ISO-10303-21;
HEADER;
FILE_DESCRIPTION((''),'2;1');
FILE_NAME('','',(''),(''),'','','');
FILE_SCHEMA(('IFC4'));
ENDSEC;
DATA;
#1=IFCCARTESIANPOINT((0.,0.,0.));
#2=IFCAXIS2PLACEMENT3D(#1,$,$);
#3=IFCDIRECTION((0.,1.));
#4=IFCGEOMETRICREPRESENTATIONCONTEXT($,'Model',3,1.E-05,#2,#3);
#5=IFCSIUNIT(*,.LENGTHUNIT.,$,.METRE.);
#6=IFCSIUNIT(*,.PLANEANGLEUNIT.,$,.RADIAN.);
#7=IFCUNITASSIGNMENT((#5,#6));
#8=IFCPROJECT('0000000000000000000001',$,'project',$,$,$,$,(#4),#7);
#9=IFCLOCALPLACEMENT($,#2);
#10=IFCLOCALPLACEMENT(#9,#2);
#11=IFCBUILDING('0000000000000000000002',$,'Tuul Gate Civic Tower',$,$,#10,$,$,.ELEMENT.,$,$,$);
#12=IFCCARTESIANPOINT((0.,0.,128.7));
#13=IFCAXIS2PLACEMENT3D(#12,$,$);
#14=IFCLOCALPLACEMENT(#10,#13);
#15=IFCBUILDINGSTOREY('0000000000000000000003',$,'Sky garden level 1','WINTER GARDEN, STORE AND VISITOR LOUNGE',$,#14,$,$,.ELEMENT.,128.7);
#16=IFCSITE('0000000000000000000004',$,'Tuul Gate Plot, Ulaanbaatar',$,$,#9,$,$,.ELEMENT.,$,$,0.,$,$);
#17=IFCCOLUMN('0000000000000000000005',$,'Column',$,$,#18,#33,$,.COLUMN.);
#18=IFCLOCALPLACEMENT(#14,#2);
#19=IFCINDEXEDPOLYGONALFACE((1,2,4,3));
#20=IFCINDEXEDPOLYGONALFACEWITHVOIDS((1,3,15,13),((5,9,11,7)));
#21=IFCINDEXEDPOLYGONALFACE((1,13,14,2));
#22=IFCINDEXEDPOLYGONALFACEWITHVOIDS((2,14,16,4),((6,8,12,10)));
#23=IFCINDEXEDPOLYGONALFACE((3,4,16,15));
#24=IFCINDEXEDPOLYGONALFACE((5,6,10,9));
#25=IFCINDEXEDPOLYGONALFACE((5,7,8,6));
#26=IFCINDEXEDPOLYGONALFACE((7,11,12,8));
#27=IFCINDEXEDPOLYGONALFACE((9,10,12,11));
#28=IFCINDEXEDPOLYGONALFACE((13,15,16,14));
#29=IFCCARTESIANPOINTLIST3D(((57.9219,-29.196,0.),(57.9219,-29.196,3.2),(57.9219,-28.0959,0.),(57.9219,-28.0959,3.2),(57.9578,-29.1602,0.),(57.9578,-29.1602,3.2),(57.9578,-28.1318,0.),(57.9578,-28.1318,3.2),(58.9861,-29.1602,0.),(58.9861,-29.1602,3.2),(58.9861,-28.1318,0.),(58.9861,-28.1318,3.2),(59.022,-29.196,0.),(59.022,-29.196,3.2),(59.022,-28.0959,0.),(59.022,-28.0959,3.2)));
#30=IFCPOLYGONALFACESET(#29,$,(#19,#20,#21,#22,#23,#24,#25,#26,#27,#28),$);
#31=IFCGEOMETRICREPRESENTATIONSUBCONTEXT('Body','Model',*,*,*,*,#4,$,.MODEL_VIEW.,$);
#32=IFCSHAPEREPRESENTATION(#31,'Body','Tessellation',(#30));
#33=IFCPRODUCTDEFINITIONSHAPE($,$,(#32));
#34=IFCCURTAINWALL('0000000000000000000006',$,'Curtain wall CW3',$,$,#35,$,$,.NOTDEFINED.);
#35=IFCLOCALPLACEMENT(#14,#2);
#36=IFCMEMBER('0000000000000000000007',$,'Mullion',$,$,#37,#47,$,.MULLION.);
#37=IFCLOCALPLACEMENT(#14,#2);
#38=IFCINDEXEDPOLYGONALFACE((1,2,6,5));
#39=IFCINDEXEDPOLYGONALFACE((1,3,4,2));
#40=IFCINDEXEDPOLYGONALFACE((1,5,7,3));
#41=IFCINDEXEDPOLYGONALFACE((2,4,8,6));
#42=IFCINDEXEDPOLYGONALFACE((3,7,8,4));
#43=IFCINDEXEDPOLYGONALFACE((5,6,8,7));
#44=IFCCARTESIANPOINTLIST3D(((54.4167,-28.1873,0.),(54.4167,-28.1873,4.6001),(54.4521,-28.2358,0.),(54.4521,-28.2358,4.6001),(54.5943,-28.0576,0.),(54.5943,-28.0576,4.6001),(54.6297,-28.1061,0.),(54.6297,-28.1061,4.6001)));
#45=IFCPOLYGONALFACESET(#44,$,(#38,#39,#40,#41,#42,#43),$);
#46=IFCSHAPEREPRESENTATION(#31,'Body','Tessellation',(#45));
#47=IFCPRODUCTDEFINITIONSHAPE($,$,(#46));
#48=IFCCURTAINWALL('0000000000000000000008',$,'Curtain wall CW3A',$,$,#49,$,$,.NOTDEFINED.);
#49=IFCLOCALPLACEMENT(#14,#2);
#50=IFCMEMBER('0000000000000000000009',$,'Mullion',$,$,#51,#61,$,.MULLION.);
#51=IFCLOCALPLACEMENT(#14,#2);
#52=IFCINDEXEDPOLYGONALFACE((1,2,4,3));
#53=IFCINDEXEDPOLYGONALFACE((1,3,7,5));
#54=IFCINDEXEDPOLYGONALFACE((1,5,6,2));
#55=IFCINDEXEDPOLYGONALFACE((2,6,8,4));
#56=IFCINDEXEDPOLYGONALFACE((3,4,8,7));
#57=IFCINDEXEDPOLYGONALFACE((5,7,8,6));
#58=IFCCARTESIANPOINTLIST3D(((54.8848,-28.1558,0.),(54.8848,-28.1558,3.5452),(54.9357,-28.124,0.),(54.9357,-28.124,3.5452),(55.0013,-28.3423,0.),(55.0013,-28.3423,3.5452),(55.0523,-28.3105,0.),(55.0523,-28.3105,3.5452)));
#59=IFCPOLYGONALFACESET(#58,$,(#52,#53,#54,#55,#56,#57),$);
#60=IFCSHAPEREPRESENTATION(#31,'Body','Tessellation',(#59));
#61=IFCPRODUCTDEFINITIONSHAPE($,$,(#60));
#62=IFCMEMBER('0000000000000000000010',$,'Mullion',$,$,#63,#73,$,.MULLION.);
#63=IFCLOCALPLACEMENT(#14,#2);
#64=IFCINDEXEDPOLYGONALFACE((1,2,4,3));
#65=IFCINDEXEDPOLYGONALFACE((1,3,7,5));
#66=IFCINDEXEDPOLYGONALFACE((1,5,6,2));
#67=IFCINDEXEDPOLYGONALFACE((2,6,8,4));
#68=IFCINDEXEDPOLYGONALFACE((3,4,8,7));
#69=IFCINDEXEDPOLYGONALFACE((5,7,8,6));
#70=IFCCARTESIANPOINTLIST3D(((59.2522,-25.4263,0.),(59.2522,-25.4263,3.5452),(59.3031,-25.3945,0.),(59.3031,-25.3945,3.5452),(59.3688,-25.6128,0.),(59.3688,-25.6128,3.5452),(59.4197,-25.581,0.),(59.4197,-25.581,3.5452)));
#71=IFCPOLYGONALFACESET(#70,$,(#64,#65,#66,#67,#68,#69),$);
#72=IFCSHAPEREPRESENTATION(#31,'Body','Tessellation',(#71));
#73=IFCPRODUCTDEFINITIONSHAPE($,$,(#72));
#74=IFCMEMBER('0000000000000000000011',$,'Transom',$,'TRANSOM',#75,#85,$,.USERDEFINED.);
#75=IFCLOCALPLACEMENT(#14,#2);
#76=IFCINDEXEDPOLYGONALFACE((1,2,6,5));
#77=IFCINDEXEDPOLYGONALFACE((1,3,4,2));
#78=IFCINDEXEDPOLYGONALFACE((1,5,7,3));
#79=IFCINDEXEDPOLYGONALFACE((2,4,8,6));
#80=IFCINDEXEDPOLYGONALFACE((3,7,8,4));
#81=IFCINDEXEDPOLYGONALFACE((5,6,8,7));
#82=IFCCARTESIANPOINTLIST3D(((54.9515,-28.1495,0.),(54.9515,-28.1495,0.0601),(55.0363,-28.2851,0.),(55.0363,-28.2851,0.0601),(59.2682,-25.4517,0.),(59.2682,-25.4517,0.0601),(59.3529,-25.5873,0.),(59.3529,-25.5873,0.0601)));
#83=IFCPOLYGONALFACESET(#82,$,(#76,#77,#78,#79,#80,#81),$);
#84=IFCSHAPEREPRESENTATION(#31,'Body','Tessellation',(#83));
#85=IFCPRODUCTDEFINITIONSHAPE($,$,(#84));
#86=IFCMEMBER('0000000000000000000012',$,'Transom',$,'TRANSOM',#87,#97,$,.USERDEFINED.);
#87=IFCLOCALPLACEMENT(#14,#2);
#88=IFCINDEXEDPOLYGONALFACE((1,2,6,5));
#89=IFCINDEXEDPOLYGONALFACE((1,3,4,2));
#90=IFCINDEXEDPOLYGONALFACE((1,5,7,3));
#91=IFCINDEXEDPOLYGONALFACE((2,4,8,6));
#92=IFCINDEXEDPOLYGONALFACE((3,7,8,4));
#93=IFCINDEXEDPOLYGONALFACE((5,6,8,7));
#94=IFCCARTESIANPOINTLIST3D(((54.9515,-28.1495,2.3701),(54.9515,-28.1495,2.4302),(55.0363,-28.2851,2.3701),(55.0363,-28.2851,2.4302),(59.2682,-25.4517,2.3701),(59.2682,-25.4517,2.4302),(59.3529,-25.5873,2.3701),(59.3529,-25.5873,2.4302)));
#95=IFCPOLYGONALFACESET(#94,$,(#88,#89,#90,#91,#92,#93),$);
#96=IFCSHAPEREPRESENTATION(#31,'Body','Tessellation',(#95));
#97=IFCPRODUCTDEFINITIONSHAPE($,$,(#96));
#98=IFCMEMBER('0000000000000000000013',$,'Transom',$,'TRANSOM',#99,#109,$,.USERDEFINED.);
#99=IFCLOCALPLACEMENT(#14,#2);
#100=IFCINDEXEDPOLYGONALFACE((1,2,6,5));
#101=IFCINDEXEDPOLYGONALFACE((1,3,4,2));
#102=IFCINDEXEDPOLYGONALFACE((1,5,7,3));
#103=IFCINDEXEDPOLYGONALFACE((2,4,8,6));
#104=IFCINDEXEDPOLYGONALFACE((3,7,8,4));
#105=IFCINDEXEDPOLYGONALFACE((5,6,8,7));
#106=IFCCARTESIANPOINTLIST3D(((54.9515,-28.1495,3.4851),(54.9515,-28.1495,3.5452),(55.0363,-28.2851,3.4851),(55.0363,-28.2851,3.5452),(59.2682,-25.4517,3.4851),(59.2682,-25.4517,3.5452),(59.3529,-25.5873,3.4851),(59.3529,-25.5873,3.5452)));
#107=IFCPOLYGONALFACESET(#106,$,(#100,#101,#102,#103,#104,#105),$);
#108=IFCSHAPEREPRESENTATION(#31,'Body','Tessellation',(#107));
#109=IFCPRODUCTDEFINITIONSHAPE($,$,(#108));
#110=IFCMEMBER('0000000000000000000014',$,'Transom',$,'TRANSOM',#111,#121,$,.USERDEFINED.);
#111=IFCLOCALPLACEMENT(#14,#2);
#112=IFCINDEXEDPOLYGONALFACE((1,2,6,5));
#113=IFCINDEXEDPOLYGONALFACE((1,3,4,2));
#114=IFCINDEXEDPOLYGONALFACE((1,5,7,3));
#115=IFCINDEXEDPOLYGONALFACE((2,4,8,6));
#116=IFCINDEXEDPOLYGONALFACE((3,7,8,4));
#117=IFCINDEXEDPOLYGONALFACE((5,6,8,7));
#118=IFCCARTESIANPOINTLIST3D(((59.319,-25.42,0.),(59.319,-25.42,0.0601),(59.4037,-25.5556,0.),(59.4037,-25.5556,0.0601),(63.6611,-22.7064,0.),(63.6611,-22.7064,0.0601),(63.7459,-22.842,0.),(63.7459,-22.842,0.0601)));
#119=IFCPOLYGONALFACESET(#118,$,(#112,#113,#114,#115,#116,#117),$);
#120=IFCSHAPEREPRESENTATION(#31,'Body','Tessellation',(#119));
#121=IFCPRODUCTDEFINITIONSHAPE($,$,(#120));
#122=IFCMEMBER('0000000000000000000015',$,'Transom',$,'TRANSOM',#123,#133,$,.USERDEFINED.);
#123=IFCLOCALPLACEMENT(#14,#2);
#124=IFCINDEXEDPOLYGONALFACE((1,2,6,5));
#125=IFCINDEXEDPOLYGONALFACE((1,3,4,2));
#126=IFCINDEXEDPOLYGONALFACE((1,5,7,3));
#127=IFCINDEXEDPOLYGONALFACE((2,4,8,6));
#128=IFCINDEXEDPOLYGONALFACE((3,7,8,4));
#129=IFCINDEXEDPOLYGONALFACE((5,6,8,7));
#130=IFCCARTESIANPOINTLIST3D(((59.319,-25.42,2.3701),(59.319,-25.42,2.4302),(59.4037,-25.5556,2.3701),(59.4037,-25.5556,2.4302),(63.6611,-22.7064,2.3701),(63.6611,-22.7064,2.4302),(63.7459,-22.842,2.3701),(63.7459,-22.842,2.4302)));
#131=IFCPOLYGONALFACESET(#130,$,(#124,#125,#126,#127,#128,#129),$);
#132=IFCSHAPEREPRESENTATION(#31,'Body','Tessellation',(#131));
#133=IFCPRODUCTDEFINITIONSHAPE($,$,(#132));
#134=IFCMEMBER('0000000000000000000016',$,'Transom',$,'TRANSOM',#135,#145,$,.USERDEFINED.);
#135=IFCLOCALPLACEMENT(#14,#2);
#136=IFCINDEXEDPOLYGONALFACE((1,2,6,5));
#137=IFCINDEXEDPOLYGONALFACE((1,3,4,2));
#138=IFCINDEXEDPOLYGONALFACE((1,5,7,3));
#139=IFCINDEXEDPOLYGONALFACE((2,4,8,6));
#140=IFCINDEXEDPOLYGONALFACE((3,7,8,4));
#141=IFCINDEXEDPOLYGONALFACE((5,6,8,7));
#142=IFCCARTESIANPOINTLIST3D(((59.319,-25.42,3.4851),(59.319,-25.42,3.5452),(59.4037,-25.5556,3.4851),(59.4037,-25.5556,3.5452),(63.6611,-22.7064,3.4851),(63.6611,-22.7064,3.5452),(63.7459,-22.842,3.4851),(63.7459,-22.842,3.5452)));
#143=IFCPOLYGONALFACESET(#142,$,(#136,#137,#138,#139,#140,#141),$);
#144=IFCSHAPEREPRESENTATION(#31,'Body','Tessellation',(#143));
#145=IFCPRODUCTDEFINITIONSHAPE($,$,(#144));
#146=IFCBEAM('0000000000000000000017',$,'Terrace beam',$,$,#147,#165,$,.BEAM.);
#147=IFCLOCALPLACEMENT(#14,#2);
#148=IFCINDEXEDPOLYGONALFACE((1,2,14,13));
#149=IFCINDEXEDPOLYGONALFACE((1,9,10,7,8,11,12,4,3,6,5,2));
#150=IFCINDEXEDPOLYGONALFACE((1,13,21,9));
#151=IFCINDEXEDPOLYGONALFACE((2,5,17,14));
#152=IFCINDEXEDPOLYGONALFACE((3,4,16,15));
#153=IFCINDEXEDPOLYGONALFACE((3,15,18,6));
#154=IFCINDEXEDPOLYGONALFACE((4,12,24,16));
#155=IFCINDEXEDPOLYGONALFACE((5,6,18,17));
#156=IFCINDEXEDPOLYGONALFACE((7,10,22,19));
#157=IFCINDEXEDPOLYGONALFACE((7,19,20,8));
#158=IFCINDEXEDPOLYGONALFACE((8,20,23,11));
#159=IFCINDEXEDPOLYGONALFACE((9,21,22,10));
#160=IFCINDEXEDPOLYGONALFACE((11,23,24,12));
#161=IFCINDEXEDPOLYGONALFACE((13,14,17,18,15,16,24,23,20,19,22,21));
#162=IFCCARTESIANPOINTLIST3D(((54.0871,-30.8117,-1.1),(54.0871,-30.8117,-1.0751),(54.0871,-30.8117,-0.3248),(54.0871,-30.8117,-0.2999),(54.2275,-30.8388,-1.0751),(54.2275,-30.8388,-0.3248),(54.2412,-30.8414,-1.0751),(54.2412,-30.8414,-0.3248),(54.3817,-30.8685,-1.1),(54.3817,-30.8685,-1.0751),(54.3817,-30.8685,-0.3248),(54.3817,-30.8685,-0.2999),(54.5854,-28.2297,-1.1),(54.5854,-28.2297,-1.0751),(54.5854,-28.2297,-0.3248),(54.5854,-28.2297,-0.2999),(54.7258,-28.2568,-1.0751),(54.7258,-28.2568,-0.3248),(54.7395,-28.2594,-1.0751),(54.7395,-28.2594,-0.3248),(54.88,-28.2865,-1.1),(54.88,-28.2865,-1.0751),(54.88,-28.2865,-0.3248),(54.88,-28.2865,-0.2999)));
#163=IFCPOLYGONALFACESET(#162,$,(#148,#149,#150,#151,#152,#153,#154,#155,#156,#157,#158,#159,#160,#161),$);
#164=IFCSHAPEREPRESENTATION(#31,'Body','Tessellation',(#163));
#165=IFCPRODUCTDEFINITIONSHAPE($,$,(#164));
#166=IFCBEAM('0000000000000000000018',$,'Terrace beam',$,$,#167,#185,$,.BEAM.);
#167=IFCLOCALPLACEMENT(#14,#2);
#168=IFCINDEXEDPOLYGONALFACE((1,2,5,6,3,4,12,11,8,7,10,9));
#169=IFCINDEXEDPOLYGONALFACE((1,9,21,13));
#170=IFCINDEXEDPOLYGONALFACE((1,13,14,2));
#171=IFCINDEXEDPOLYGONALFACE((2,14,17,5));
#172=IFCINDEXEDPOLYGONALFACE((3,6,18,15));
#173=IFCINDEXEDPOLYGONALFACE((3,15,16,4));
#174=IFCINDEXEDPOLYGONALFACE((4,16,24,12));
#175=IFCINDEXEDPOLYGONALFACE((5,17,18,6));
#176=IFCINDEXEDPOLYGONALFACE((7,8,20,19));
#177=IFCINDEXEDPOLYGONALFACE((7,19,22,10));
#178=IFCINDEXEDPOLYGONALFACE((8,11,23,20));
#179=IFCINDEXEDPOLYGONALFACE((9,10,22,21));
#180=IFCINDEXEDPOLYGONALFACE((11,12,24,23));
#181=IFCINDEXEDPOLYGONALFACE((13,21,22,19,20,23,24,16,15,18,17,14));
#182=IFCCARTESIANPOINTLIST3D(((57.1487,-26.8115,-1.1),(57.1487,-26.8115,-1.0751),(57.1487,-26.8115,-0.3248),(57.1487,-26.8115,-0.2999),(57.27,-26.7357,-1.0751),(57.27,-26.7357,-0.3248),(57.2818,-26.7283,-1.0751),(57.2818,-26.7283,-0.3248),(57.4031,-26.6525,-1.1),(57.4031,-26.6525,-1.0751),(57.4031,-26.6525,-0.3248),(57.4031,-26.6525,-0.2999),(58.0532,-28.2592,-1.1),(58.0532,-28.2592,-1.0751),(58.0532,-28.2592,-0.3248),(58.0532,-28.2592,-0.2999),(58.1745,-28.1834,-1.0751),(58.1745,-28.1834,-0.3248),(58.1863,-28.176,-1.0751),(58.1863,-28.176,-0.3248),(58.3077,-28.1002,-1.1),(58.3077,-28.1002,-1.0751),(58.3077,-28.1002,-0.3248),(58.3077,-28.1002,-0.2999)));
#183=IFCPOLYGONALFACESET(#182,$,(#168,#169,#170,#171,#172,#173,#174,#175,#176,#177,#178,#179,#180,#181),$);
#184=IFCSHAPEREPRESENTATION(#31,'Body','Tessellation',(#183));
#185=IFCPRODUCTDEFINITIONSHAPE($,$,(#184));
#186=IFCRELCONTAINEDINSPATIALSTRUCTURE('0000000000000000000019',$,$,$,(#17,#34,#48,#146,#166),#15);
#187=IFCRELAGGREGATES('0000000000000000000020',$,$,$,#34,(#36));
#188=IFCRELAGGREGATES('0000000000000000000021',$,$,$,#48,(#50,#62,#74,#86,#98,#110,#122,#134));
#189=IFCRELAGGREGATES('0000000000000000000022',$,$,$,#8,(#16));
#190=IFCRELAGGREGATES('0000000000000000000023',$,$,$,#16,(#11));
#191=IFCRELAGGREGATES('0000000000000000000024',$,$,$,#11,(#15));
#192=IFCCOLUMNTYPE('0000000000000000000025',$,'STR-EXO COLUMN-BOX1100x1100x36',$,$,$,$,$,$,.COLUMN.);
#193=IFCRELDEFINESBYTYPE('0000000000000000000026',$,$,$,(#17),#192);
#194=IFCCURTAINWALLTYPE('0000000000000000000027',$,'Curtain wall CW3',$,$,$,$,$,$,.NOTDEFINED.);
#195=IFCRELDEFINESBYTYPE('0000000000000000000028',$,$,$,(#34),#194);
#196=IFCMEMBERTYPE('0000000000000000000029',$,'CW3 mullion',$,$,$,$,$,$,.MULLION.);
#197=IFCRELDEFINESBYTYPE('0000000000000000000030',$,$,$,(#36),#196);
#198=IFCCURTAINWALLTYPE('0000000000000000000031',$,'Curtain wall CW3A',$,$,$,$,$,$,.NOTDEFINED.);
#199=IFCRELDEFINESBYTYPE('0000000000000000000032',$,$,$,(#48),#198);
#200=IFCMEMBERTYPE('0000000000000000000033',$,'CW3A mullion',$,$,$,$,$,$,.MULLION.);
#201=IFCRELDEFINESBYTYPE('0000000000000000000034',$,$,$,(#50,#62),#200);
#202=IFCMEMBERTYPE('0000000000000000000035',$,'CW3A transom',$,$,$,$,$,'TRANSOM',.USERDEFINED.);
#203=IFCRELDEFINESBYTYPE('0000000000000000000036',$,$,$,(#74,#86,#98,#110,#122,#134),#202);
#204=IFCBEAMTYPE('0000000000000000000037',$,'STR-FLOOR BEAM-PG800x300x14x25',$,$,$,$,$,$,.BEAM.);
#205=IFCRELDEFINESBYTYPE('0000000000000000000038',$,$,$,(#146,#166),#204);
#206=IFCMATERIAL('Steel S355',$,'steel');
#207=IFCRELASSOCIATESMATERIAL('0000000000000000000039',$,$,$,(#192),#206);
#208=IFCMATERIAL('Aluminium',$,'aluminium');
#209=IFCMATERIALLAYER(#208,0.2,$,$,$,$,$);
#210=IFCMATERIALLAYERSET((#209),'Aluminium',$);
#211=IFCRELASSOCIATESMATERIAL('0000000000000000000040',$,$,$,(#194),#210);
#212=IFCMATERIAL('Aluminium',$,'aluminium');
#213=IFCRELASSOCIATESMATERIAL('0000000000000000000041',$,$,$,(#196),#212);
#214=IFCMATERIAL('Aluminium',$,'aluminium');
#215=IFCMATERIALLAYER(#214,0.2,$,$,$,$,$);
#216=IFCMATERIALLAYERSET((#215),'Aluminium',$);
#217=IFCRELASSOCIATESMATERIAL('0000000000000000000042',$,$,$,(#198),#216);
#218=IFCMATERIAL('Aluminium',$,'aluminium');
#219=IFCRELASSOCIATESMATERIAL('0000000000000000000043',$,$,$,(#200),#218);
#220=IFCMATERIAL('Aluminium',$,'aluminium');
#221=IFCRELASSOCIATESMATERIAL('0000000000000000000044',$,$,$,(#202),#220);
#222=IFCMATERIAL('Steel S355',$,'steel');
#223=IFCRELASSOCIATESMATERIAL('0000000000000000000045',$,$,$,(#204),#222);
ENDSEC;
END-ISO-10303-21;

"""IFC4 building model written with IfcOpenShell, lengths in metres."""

from ifc_helpers import new_model, si_unit, direction, frame, origin, origin_2d, place, context, subcontext, project, spatial, rectangle, hollow_rectangle, i_section, extrude, material, layer, layer_set, material_profile, profile_set, type_object, element, aggregate, save


model = new_model("IFC4")

# Units and contexts
model_context = context("Model", 3, precision=1e-05, world=origin(), true_north=direction((0.0, 1.0)))
body_context = subcontext(model_context, "Body", "Model", "MODEL_VIEW")
ifc_project = project(units=[si_unit("LENGTHUNIT", "METRE"), si_unit("PLANEANGLEUNIT", "RADIAN")], contexts=[model_context])

# Site, building, storey
site_placement = place(None, origin())
site = spatial("IfcSite", under=ifc_project, at=site_placement, Name="Tuul Gate Plot, Ulaanbaatar", CompositionType="ELEMENT", RefElevation=0.0)
building_placement = place(site_placement, origin())
building = spatial("IfcBuilding", under=site, at=building_placement, Name="Tuul Gate Civic Tower", CompositionType="ELEMENT")
storey_placement = place(building_placement, frame((0.0, 0.0, 128.7)))
storey = spatial("IfcBuildingStorey", under=building, at=storey_placement, Name="Sky garden level 1", Description="WINTER GARDEN, STORE AND VISITOR LOUNGE", CompositionType="ELEMENT", Elevation=128.7)

# Column
ifc_material_1 = material(Name="Steel S355", Category="steel")
ifc_material_profile_1 = material_profile(ifc_material_1, hollow_rectangle(XDim=1.1001, YDim=1.1001, WallThickness=0.0359, at=origin_2d()), Name="BOX1100x1100x36")
ifc_profile_set_1 = profile_set([ifc_material_profile_1], Name="Steel S355")
column_type = type_object("IfcColumnType", Name="STR-EXO COLUMN-BOX1100x1100x36", PredefinedType="COLUMN", material=ifc_profile_set_1)
column_placement = place(storey_placement, frame((58.4719, -28.646, 0.0), z_axis=(0.0, 0.0, 1.0), x_axis=(1.0, 0.0, 0.0)))
element("IfcColumn", 1, at=column_placement, inside=storey, type_object=column_type, Name="Column", PredefinedType="COLUMN", context=body_context, shape_type="SweptSolid", body=[
    extrude(hollow_rectangle(XDim=1.1001, YDim=1.1001, WallThickness=0.0359, at=origin_2d()), origin(), (0.0, 0.0, 1.0), 3.2),
])

# Curtain wall, member
ifc_material_2 = material(Name="Aluminium", Category="aluminium")
ifc_layer_1 = layer(ifc_material_2, 0.2)
ifc_layer_set_1 = layer_set([ifc_layer_1], Name="Aluminium")
curtain_wall_type_1 = type_object("IfcCurtainWallType", Name="Curtain wall CW3", PredefinedType="NOTDEFINED", material=ifc_layer_set_1)
curtain_wall_1_placement = place(storey_placement, origin())
curtain_wall_1 = element("IfcCurtainWall", 2, at=curtain_wall_1_placement, inside=storey, type_object=curtain_wall_type_1, Name="Curtain wall CW3", PredefinedType="NOTDEFINED")
ifc_material_3 = material(Name="Aluminium", Category="aluminium")
ifc_material_profile_2 = material_profile(ifc_material_3, rectangle(XDim=0.22, YDim=0.0601, at=origin_2d()), Name="CW3 mullion")
ifc_profile_set_2 = profile_set([ifc_material_profile_2], Name="Aluminium")
member_type_1 = type_object("IfcMemberType", Name="CW3 mullion", PredefinedType="MULLION", material=ifc_profile_set_2)
member_1_placement = place(storey_placement, frame((54.5232, -28.1467, 0.0), z_axis=(0.0, 0.0, 1.0), x_axis=(0.807567, 0.589776, 0.0)))
member_1 = element("IfcMember", 3, at=member_1_placement, type_object=member_type_1, Name="Mullion", PredefinedType="MULLION", context=body_context, shape_type="SweptSolid", body=[
    extrude(rectangle(XDim=0.22, YDim=0.0601, at=origin_2d()), origin(), (0.0, 0.0, 1.0), 4.6001),
])
aggregate(curtain_wall_1, [member_1])

# Curtain wall, members
ifc_material_4 = material(Name="Aluminium", Category="aluminium")
ifc_layer_2 = layer(ifc_material_4, 0.2)
ifc_layer_set_2 = layer_set([ifc_layer_2], Name="Aluminium")
curtain_wall_type_2 = type_object("IfcCurtainWallType", Name="Curtain wall CW3A", PredefinedType="NOTDEFINED", material=ifc_layer_set_2)
curtain_wall_2_placement = place(storey_placement, origin())
curtain_wall_2 = element("IfcCurtainWall", 4, at=curtain_wall_2_placement, inside=storey, type_object=curtain_wall_type_2, Name="Curtain wall CW3A", PredefinedType="NOTDEFINED")
ifc_material_5 = material(Name="Aluminium", Category="aluminium")
ifc_material_profile_3 = material_profile(ifc_material_5, rectangle(XDim=0.22, YDim=0.0601, at=origin_2d()), Name="CW3A mullion")
ifc_profile_set_3 = profile_set([ifc_material_profile_3], Name="Aluminium")
member_type_2 = type_object("IfcMemberType", Name="CW3A mullion", PredefinedType="MULLION", material=ifc_profile_set_3)
member_2_placement = place(storey_placement, frame((54.9685, -28.2332, 0.0), z_axis=(0.0, 0.0, 1.0), x_axis=(-0.529958, 0.848024, 0.0)))
member_2 = element("IfcMember", 5, at=member_2_placement, type_object=member_type_2, Name="Mullion", PredefinedType="MULLION", context=body_context, shape_type="SweptSolid", body=[
    extrude(rectangle(XDim=0.22, YDim=0.0601, at=origin_2d()), origin(), (0.0, 0.0, 1.0), 3.5452),
])
member_3_placement = place(storey_placement, frame((59.3359, -25.5037, 0.0), z_axis=(0.0, 0.0, 1.0), x_axis=(-0.529958, 0.848024, 0.0)))
member_3 = element("IfcMember", 6, at=member_3_placement, type_object=member_type_2, Name="Mullion", PredefinedType="MULLION", context=body_context, shape_type="SweptSolid", body=[
    extrude(rectangle(XDim=0.22, YDim=0.0601, at=origin_2d()), origin(), (0.0, 0.0, 1.0), 3.5452),
])
ifc_material_6 = material(Name="Aluminium", Category="aluminium")
ifc_material_profile_4 = material_profile(ifc_material_6, rectangle(XDim=0.1599, YDim=0.0601, at=origin_2d()), Name="CW3A transom")
ifc_profile_set_4 = profile_set([ifc_material_profile_4], Name="Aluminium")
member_type_3 = type_object("IfcMemberType", Name="CW3A transom", ElementType="TRANSOM", PredefinedType="USERDEFINED", material=ifc_profile_set_4)
member_4_placement = place(storey_placement, frame((54.9939, -28.2173, 0.03), z_axis=(0.848012, 0.529977, 0.0), x_axis=(-0.529977, 0.848012, 0.0)))
member_4 = element("IfcMember", 7, at=member_4_placement, type_object=member_type_3, Name="Transom", ObjectType="TRANSOM", PredefinedType="USERDEFINED", context=body_context, shape_type="SweptSolid", body=[
    extrude(rectangle(XDim=0.1599, YDim=0.0601, at=origin_2d()), origin(), (0.0, 0.0, 1.0), 5.0903),
])
member_5_placement = place(storey_placement, frame((54.9939, -28.2173, 2.4001), z_axis=(0.848012, 0.529977, 0.0), x_axis=(-0.529977, 0.848012, 0.0)))
member_5 = element("IfcMember", 8, at=member_5_placement, type_object=member_type_3, Name="Transom", ObjectType="TRANSOM", PredefinedType="USERDEFINED", context=body_context, shape_type="SweptSolid", body=[
    extrude(rectangle(XDim=0.1599, YDim=0.0601, at=origin_2d()), origin(), (0.0, 0.0, 1.0), 5.0903),
])
member_6_placement = place(storey_placement, frame((54.9939, -28.2173, 3.5151), z_axis=(0.848012, 0.529977, 0.0), x_axis=(-0.529977, 0.848012, 0.0)))
member_6 = element("IfcMember", 9, at=member_6_placement, type_object=member_type_3, Name="Transom", ObjectType="TRANSOM", PredefinedType="USERDEFINED", context=body_context, shape_type="SweptSolid", body=[
    extrude(rectangle(XDim=0.1599, YDim=0.0601, at=origin_2d()), origin(), (0.0, 0.0, 1.0), 5.0903),
])
member_7_placement = place(storey_placement, frame((59.3613, -25.4878, 0.03), z_axis=(0.848025, 0.529956, 0.0), x_axis=(-0.529956, 0.848025, 0.0)))
member_7 = element("IfcMember", 10, at=member_7_placement, type_object=member_type_3, Name="Transom", ObjectType="TRANSOM", PredefinedType="USERDEFINED", context=body_context, shape_type="SweptSolid", body=[
    extrude(rectangle(XDim=0.1599, YDim=0.0601, at=origin_2d()), origin(), (0.0, 0.0, 1.0), 5.1204),
])
member_8_placement = place(storey_placement, frame((59.3613, -25.4878, 2.4001), z_axis=(0.848025, 0.529956, 0.0), x_axis=(-0.529956, 0.848025, 0.0)))
member_8 = element("IfcMember", 11, at=member_8_placement, type_object=member_type_3, Name="Transom", ObjectType="TRANSOM", PredefinedType="USERDEFINED", context=body_context, shape_type="SweptSolid", body=[
    extrude(rectangle(XDim=0.1599, YDim=0.0601, at=origin_2d()), origin(), (0.0, 0.0, 1.0), 5.1204),
])
member_9_placement = place(storey_placement, frame((59.3613, -25.4878, 3.5151), z_axis=(0.848025, 0.529956, 0.0), x_axis=(-0.529956, 0.848025, 0.0)))
member_9 = element("IfcMember", 12, at=member_9_placement, type_object=member_type_3, Name="Transom", ObjectType="TRANSOM", PredefinedType="USERDEFINED", context=body_context, shape_type="SweptSolid", body=[
    extrude(rectangle(XDim=0.1599, YDim=0.0601, at=origin_2d()), origin(), (0.0, 0.0, 1.0), 5.1204),
])

# Beams
ifc_material_7 = material(Name="Steel S355", Category="steel")
ifc_material_profile_5 = material_profile(ifc_material_7, i_section(OverallWidth=0.3, OverallDepth=0.8, WebThickness=0.0139, FlangeThickness=0.0249, at=origin_2d()), Name="PG800x300x14x25")
ifc_profile_set_5 = profile_set([ifc_material_profile_5], Name="Steel S355")
beam_type_1 = type_object("IfcBeamType", Name="STR-FLOOR BEAM-PG800x300x14x25", PredefinedType="BEAM", material=ifc_profile_set_5)
beam_1_placement = place(storey_placement, frame((54.2344, -30.8401, -0.7), z_axis=(0.189488, 0.981883, 0.0), x_axis=(-0.981883, 0.189488, 0.0)))
element("IfcBeam", 13, at=beam_1_placement, inside=storey, type_object=beam_type_1, Name="Terrace beam", PredefinedType="BEAM", context=body_context, shape_type="SweptSolid", body=[
    extrude(i_section(OverallWidth=0.3, OverallDepth=0.8, WebThickness=0.0139, FlangeThickness=0.0249, at=origin_2d()), origin(), (0.0, 0.0, 1.0), 2.6296),
])
beam_2_placement = place(storey_placement, frame((58.1804, -28.1797, -0.7), z_axis=(-0.52987, 0.848079, 0.0), x_axis=(-0.848079, -0.52987, 0.0)))
element("IfcBeam", 14, at=beam_2_placement, inside=storey, type_object=beam_type_1, Name="Terrace beam", PredefinedType="BEAM", context=body_context, shape_type="SweptSolid", body=[
    extrude(i_section(OverallWidth=0.3, OverallDepth=0.8, WebThickness=0.0139, FlangeThickness=0.0249, at=origin_2d()), origin(), (0.0, 0.0, 1.0), 1.707),
])

aggregate(curtain_wall_2, [member_2, member_3, member_4, member_5, member_6, member_7, member_8, member_9])

save(model, "model.ifc")
